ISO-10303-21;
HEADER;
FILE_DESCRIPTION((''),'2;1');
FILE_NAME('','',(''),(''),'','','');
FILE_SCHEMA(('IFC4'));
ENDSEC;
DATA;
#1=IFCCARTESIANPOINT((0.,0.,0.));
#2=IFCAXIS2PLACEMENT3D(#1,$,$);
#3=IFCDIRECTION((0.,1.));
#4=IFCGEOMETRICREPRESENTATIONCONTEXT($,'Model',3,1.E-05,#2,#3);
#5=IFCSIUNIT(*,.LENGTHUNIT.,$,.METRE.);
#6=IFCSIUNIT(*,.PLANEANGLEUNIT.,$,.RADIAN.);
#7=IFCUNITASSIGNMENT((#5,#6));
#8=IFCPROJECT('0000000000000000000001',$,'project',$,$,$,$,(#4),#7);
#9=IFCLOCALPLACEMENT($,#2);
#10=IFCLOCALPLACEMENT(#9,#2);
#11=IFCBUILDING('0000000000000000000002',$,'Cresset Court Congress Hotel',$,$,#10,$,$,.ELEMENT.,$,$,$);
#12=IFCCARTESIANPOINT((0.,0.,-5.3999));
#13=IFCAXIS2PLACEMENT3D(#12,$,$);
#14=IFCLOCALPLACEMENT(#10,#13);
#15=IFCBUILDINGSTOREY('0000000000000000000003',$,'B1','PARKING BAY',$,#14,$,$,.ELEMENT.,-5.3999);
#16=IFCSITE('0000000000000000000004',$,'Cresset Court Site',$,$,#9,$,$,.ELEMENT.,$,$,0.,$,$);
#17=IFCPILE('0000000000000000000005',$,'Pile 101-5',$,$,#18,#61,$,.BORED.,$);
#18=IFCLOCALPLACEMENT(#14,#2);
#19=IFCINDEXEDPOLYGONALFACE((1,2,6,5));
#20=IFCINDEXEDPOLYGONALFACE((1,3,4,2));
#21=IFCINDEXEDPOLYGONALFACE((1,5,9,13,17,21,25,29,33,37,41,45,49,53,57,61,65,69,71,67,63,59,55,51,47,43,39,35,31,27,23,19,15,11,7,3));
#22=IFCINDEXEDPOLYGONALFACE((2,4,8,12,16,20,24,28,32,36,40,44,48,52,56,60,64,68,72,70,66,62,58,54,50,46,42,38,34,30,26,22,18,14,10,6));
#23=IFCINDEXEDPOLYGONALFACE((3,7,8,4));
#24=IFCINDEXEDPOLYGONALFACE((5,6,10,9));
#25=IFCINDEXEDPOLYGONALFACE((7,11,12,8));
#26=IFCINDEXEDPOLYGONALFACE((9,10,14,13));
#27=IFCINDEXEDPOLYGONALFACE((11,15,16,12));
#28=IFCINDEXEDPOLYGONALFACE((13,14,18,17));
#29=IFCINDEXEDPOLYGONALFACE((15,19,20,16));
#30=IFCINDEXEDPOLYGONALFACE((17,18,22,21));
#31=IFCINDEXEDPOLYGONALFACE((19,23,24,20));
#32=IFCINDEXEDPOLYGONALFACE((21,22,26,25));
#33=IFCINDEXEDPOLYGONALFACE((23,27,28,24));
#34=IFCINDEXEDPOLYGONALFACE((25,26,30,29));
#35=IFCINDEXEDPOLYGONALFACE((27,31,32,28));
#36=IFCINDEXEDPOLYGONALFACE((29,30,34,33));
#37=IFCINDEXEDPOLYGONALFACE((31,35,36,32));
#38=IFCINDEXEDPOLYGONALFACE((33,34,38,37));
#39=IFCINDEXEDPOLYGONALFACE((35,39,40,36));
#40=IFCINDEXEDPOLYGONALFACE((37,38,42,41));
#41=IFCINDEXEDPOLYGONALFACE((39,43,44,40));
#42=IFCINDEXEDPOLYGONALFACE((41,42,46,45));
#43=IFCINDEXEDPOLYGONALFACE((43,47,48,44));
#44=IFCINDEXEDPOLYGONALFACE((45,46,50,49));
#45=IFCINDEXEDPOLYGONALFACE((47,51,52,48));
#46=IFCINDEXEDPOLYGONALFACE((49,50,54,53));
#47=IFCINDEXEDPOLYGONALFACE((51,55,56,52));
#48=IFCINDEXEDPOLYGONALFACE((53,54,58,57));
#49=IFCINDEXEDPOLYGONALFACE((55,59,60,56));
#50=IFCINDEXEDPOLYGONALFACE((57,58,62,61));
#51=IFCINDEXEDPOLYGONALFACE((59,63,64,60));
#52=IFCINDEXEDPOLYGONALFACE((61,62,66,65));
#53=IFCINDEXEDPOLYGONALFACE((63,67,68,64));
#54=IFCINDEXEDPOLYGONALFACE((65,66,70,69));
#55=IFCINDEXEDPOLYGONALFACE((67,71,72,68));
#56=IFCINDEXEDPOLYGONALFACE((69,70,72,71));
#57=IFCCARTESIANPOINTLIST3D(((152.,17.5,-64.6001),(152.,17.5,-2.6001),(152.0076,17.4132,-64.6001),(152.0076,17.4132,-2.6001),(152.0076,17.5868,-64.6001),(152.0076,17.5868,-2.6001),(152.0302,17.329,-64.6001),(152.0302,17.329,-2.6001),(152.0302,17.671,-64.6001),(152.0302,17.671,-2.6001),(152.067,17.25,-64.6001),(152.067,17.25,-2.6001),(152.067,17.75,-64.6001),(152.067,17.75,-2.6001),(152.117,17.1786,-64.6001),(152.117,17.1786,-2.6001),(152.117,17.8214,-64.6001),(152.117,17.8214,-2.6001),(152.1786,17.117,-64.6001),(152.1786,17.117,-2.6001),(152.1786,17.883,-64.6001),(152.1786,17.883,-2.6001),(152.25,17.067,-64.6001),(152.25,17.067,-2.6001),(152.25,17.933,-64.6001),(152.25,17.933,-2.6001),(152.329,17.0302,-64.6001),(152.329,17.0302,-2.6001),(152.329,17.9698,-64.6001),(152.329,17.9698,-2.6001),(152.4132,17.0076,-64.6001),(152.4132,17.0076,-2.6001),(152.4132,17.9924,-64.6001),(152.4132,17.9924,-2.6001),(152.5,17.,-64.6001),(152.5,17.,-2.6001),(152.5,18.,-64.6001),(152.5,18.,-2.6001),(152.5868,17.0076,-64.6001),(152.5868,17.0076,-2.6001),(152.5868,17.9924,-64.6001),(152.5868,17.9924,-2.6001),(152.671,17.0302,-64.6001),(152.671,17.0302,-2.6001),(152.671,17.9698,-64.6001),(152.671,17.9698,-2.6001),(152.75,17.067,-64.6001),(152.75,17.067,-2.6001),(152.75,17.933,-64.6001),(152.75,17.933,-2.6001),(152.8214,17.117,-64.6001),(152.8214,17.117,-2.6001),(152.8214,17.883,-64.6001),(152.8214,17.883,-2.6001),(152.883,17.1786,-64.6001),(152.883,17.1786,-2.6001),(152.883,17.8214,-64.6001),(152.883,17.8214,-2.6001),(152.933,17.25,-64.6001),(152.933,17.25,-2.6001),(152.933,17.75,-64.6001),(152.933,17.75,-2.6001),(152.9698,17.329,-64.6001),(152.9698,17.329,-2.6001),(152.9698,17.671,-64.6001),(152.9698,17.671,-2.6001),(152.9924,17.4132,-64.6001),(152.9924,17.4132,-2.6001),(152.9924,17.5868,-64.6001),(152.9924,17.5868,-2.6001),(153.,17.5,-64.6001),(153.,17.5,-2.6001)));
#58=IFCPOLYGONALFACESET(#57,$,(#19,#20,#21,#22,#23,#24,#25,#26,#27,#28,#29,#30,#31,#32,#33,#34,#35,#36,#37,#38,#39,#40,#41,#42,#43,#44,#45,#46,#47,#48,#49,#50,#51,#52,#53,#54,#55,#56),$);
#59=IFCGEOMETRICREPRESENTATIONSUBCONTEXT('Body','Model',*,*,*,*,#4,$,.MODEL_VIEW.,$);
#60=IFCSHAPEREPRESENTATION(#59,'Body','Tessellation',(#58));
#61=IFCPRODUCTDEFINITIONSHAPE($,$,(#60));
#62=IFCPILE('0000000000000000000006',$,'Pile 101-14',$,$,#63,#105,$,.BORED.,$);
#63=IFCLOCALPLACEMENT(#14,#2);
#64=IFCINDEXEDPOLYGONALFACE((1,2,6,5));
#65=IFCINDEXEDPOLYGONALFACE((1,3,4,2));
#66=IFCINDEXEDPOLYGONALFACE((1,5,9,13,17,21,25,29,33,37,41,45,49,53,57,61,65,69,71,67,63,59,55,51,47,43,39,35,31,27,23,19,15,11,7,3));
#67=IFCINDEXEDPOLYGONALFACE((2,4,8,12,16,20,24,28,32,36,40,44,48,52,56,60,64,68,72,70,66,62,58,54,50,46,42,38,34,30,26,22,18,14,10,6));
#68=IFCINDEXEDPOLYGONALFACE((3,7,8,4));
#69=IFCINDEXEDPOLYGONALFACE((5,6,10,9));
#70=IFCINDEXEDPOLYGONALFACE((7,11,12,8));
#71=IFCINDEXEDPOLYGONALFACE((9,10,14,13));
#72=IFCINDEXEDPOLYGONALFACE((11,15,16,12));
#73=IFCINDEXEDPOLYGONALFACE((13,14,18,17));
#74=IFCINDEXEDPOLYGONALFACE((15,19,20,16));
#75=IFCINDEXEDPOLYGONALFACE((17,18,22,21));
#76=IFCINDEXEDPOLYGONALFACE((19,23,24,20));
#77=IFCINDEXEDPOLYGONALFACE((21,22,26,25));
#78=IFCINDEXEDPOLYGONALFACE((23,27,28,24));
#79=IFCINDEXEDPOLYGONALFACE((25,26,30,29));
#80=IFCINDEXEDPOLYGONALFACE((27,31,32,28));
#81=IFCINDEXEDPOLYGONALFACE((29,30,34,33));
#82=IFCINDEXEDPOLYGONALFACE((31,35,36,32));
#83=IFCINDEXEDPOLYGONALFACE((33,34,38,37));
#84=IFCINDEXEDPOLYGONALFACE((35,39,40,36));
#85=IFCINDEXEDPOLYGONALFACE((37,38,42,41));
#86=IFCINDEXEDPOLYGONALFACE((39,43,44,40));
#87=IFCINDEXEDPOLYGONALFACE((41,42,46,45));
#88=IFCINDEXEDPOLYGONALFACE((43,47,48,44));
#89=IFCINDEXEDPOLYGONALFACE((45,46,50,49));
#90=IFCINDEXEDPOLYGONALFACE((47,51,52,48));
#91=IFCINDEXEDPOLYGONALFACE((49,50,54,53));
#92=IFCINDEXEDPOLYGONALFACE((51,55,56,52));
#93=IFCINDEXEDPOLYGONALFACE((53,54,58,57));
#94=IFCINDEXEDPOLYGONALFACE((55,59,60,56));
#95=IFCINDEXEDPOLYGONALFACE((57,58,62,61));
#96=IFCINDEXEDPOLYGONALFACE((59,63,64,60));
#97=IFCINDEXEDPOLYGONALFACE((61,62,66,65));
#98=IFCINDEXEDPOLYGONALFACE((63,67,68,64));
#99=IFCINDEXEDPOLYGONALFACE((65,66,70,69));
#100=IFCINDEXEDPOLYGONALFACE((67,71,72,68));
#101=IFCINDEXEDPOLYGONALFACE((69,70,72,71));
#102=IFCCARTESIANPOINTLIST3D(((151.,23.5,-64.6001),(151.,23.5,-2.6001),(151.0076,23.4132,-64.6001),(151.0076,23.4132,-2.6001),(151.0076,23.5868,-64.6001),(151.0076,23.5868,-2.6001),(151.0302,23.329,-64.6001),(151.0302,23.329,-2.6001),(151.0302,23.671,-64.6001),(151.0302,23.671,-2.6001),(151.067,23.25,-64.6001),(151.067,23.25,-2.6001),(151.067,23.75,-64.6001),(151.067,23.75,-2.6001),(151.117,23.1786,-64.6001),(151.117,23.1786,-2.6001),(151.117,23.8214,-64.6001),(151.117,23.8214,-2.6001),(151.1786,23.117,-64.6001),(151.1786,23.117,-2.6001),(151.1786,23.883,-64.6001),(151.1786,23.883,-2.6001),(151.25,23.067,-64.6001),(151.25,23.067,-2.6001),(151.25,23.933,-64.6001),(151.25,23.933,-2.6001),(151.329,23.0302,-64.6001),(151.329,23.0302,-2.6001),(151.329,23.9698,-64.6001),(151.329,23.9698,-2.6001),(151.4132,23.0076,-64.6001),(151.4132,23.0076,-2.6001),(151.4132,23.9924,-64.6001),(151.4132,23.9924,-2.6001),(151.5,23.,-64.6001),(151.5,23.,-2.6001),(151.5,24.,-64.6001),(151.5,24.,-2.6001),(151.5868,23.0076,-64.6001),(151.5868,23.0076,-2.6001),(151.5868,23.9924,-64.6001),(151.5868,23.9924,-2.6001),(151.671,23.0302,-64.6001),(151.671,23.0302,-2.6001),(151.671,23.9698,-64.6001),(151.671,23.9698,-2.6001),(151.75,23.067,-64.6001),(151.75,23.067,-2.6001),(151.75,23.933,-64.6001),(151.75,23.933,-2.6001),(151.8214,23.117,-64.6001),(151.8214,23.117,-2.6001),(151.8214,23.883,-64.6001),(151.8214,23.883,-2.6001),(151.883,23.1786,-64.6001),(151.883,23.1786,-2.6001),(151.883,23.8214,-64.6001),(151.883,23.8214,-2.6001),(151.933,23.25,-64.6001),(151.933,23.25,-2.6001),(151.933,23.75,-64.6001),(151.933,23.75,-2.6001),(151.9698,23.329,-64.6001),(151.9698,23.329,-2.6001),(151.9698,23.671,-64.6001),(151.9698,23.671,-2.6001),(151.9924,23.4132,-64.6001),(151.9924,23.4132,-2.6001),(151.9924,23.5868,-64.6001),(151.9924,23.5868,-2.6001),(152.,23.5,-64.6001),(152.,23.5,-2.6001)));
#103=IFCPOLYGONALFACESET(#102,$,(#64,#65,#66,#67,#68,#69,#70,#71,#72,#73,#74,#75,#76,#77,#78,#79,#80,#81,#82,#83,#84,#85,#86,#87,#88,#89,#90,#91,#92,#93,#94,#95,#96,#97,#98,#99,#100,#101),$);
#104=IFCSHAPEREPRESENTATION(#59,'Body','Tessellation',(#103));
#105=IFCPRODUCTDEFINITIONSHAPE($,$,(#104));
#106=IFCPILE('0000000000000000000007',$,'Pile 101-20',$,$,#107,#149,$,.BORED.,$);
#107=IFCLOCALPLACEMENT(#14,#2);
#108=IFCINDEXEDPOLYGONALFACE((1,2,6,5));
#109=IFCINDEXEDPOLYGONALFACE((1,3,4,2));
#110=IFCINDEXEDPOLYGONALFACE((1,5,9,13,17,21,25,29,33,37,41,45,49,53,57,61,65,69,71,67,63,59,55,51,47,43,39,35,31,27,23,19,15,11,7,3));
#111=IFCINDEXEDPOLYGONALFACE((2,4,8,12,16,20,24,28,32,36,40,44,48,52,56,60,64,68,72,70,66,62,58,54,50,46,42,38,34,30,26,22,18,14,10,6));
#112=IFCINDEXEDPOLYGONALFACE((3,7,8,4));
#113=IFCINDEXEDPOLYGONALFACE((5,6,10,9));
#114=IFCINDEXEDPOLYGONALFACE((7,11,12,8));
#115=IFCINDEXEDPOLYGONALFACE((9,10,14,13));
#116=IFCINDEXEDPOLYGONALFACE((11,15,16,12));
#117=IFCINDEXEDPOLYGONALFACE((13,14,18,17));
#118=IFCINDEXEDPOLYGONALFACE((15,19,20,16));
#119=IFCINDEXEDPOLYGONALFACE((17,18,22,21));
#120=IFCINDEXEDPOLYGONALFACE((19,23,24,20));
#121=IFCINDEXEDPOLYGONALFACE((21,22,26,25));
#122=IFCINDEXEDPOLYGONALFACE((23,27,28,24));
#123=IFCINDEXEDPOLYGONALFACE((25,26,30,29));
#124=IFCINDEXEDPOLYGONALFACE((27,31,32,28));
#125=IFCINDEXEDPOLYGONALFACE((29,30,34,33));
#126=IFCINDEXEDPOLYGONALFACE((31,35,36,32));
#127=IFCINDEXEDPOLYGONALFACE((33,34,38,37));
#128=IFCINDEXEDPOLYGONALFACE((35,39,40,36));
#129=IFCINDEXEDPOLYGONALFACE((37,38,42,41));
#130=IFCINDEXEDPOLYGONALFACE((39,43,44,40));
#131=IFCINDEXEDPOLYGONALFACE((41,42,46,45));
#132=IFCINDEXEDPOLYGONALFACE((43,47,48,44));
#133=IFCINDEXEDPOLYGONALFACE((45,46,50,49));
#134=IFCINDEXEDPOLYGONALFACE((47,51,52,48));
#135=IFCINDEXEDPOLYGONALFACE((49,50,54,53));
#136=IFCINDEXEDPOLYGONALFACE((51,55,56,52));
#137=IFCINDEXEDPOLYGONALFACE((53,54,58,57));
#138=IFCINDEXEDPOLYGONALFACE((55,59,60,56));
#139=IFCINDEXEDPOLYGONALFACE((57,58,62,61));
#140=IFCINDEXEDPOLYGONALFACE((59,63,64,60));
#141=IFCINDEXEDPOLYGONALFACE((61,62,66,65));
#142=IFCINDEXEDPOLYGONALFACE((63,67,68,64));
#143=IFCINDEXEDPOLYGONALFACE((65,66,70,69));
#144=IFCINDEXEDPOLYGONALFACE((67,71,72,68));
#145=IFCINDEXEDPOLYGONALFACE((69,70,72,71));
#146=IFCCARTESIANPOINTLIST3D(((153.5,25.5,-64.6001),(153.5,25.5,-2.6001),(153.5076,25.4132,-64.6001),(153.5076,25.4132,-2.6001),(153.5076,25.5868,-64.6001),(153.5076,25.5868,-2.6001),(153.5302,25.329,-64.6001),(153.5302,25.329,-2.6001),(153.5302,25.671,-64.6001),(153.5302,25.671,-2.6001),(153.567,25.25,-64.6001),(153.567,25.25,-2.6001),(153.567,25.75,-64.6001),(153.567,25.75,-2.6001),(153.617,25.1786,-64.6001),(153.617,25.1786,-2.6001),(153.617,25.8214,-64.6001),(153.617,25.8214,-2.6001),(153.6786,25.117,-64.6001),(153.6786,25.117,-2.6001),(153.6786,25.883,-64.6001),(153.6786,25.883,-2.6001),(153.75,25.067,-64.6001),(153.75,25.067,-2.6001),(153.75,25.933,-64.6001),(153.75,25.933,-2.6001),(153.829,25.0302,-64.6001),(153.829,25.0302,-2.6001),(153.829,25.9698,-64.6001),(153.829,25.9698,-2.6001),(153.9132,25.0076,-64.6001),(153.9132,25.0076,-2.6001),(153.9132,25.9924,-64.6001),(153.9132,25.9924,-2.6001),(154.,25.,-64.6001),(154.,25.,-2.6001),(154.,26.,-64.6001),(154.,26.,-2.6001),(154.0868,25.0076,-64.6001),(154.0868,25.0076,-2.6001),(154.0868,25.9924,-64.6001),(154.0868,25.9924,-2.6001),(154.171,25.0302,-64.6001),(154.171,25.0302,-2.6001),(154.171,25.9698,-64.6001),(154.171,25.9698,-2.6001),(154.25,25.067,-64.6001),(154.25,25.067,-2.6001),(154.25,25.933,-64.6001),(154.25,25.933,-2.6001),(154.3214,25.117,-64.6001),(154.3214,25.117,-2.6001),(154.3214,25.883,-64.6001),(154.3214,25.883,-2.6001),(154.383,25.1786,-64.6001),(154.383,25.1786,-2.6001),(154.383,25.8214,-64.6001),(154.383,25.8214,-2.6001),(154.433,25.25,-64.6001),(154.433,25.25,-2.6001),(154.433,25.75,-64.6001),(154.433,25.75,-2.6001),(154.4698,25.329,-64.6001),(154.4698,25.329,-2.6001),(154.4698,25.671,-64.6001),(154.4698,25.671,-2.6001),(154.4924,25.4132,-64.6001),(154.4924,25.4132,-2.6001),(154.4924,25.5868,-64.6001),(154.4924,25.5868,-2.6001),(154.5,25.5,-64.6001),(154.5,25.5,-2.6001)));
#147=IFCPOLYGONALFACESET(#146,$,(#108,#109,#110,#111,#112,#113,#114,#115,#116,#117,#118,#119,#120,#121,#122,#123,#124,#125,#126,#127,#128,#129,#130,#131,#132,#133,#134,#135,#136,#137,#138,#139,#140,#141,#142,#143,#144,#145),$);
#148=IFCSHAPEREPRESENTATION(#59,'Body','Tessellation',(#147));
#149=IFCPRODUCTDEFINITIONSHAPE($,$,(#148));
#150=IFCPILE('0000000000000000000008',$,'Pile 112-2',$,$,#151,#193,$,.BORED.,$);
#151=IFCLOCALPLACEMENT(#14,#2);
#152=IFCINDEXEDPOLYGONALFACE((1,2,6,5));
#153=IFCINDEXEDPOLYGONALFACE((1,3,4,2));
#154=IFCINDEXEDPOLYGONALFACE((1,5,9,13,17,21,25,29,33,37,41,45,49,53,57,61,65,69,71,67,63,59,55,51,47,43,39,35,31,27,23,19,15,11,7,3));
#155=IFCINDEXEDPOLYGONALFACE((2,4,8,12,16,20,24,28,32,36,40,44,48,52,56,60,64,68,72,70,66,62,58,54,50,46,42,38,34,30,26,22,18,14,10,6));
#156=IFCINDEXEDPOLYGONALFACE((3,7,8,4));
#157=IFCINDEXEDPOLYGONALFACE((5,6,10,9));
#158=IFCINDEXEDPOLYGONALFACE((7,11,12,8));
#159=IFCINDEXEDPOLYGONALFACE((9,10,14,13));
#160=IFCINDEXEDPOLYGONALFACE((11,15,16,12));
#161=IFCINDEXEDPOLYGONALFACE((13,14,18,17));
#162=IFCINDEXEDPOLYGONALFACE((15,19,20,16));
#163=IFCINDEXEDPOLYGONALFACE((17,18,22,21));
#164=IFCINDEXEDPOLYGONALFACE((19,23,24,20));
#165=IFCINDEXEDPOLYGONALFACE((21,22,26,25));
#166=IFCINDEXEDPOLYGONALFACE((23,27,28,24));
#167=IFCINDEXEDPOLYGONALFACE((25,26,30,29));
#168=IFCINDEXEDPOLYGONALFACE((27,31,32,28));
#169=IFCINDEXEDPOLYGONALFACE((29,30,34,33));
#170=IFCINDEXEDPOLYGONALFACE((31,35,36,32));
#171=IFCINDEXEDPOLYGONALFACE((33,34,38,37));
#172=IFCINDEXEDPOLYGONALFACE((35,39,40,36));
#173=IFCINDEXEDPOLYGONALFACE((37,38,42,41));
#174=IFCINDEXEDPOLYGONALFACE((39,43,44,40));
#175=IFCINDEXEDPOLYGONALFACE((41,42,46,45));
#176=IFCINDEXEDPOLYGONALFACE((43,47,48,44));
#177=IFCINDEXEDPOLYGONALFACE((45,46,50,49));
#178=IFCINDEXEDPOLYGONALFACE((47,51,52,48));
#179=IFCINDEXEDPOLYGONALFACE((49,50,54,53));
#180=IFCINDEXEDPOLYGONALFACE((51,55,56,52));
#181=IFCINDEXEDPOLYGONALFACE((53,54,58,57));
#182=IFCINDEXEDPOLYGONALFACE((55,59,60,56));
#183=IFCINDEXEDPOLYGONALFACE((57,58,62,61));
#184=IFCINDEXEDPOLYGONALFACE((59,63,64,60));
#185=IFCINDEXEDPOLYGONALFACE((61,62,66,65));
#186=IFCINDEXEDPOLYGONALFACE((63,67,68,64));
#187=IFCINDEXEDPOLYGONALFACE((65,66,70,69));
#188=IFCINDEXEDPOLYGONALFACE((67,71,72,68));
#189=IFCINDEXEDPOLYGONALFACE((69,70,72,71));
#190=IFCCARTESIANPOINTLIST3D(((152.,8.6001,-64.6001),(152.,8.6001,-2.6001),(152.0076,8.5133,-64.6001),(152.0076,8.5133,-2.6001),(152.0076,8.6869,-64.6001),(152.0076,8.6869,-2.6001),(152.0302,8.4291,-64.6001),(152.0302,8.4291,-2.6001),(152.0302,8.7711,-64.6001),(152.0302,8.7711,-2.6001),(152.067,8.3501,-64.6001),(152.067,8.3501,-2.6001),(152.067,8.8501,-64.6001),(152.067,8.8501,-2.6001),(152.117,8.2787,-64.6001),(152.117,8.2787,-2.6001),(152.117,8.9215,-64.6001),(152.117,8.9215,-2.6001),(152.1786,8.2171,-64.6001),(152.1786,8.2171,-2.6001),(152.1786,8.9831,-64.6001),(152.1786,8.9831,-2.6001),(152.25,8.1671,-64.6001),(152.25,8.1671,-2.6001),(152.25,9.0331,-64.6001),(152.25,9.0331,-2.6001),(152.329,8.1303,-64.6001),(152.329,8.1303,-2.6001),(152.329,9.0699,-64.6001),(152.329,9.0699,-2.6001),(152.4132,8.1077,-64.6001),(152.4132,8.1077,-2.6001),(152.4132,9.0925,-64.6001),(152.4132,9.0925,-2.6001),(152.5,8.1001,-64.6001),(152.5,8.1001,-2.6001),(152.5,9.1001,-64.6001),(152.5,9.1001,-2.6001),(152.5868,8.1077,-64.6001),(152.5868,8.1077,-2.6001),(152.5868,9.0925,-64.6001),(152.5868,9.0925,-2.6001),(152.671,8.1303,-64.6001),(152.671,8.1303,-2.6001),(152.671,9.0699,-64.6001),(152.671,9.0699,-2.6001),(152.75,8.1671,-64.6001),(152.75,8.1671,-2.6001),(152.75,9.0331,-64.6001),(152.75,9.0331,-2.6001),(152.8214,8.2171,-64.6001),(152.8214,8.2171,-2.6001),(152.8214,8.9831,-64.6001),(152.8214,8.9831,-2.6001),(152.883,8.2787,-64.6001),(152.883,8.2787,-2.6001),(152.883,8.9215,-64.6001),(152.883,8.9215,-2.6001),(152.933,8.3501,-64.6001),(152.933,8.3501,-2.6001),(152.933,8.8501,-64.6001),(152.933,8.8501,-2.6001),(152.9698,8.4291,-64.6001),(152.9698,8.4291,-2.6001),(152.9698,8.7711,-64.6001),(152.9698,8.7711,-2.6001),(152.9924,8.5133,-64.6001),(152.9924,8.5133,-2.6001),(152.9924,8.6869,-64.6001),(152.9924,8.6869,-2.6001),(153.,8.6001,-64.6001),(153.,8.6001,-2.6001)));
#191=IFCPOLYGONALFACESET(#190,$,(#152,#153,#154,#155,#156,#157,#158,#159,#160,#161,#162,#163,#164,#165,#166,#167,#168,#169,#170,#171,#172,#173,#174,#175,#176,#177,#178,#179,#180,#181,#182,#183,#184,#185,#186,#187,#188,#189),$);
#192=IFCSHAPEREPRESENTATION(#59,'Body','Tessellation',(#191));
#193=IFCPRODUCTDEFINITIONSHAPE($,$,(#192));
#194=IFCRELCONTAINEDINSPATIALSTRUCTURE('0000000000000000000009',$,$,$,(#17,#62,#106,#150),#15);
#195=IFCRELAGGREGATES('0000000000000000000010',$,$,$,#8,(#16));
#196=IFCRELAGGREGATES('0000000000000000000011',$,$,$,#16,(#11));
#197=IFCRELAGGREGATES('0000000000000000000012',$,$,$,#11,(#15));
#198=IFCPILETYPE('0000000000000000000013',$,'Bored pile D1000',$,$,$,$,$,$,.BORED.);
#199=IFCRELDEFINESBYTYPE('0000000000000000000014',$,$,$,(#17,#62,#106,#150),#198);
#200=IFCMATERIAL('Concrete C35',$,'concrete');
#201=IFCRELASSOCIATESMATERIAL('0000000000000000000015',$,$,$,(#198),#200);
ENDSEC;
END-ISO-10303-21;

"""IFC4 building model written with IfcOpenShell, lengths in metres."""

from ifc_helpers import new_model, si_unit, direction, frame, origin, origin_2d, place, context, subcontext, project, spatial, circle, extrude, material, type_object, element, save


model = new_model("IFC4")

# Units and contexts
model_context = context("Model", 3, precision=1e-05, world=origin(), true_north=direction((0.0, 1.0)))
body_context = subcontext(model_context, "Body", "Model", "MODEL_VIEW")
ifc_project = project(units=[si_unit("LENGTHUNIT", "METRE"), si_unit("PLANEANGLEUNIT", "RADIAN")], contexts=[model_context])

# Site, building, storey
site_placement = place(None, origin())
site = spatial("IfcSite", under=ifc_project, at=site_placement, Name="Cresset Court Site", CompositionType="ELEMENT", RefElevation=0.0)
building_placement = place(site_placement, origin())
building = spatial("IfcBuilding", under=site, at=building_placement, Name="Cresset Court Congress Hotel", CompositionType="ELEMENT")
storey_placement = place(building_placement, frame((0.0, 0.0, -5.3999)))
storey = spatial("IfcBuildingStorey", under=building, at=storey_placement, Name="B1", Description="PARKING BAY", CompositionType="ELEMENT", Elevation=-5.3999)

# Piles
ifc_material_1 = material(Name="Concrete C35", Category="concrete")
pile_type = type_object("IfcPileType", Name="Bored pile D1000", PredefinedType="BORED", material=ifc_material_1)
for number, where, z_axis, x_axis, name in (
    (1, (152.5, 17.5, -2.6001), (0.0, 0.0, -1.0), (1.0, 0.0, 0.0), "Pile 101-5"),
    (2, (151.5, 23.5, -2.6001), (0.0, 0.0, -1.0), (1.0, 0.0, 0.0), "Pile 101-14"),
    (3, (154.0, 25.5, -2.6001), (0.0, 0.0, -1.0), (1.0, 0.0, 0.0), "Pile 101-20"),
    (4, (152.5, 8.6001, -2.6001), (0.0, 0.0, -1.0), (1.0, 0.0, 0.0), "Pile 112-2"),
):
    element("IfcPile", number, at=place(storey_placement, frame(where, z_axis=z_axis, x_axis=x_axis)), inside=storey, type_object=pile_type, Name=name, PredefinedType="BORED", context=body_context, shape_type="SweptSolid", body=[
        extrude(circle(Radius=0.5, at=origin_2d()), origin(), (0.0, 0.0, 1.0), 62.0),
    ])

save(model, "model.ifc")
